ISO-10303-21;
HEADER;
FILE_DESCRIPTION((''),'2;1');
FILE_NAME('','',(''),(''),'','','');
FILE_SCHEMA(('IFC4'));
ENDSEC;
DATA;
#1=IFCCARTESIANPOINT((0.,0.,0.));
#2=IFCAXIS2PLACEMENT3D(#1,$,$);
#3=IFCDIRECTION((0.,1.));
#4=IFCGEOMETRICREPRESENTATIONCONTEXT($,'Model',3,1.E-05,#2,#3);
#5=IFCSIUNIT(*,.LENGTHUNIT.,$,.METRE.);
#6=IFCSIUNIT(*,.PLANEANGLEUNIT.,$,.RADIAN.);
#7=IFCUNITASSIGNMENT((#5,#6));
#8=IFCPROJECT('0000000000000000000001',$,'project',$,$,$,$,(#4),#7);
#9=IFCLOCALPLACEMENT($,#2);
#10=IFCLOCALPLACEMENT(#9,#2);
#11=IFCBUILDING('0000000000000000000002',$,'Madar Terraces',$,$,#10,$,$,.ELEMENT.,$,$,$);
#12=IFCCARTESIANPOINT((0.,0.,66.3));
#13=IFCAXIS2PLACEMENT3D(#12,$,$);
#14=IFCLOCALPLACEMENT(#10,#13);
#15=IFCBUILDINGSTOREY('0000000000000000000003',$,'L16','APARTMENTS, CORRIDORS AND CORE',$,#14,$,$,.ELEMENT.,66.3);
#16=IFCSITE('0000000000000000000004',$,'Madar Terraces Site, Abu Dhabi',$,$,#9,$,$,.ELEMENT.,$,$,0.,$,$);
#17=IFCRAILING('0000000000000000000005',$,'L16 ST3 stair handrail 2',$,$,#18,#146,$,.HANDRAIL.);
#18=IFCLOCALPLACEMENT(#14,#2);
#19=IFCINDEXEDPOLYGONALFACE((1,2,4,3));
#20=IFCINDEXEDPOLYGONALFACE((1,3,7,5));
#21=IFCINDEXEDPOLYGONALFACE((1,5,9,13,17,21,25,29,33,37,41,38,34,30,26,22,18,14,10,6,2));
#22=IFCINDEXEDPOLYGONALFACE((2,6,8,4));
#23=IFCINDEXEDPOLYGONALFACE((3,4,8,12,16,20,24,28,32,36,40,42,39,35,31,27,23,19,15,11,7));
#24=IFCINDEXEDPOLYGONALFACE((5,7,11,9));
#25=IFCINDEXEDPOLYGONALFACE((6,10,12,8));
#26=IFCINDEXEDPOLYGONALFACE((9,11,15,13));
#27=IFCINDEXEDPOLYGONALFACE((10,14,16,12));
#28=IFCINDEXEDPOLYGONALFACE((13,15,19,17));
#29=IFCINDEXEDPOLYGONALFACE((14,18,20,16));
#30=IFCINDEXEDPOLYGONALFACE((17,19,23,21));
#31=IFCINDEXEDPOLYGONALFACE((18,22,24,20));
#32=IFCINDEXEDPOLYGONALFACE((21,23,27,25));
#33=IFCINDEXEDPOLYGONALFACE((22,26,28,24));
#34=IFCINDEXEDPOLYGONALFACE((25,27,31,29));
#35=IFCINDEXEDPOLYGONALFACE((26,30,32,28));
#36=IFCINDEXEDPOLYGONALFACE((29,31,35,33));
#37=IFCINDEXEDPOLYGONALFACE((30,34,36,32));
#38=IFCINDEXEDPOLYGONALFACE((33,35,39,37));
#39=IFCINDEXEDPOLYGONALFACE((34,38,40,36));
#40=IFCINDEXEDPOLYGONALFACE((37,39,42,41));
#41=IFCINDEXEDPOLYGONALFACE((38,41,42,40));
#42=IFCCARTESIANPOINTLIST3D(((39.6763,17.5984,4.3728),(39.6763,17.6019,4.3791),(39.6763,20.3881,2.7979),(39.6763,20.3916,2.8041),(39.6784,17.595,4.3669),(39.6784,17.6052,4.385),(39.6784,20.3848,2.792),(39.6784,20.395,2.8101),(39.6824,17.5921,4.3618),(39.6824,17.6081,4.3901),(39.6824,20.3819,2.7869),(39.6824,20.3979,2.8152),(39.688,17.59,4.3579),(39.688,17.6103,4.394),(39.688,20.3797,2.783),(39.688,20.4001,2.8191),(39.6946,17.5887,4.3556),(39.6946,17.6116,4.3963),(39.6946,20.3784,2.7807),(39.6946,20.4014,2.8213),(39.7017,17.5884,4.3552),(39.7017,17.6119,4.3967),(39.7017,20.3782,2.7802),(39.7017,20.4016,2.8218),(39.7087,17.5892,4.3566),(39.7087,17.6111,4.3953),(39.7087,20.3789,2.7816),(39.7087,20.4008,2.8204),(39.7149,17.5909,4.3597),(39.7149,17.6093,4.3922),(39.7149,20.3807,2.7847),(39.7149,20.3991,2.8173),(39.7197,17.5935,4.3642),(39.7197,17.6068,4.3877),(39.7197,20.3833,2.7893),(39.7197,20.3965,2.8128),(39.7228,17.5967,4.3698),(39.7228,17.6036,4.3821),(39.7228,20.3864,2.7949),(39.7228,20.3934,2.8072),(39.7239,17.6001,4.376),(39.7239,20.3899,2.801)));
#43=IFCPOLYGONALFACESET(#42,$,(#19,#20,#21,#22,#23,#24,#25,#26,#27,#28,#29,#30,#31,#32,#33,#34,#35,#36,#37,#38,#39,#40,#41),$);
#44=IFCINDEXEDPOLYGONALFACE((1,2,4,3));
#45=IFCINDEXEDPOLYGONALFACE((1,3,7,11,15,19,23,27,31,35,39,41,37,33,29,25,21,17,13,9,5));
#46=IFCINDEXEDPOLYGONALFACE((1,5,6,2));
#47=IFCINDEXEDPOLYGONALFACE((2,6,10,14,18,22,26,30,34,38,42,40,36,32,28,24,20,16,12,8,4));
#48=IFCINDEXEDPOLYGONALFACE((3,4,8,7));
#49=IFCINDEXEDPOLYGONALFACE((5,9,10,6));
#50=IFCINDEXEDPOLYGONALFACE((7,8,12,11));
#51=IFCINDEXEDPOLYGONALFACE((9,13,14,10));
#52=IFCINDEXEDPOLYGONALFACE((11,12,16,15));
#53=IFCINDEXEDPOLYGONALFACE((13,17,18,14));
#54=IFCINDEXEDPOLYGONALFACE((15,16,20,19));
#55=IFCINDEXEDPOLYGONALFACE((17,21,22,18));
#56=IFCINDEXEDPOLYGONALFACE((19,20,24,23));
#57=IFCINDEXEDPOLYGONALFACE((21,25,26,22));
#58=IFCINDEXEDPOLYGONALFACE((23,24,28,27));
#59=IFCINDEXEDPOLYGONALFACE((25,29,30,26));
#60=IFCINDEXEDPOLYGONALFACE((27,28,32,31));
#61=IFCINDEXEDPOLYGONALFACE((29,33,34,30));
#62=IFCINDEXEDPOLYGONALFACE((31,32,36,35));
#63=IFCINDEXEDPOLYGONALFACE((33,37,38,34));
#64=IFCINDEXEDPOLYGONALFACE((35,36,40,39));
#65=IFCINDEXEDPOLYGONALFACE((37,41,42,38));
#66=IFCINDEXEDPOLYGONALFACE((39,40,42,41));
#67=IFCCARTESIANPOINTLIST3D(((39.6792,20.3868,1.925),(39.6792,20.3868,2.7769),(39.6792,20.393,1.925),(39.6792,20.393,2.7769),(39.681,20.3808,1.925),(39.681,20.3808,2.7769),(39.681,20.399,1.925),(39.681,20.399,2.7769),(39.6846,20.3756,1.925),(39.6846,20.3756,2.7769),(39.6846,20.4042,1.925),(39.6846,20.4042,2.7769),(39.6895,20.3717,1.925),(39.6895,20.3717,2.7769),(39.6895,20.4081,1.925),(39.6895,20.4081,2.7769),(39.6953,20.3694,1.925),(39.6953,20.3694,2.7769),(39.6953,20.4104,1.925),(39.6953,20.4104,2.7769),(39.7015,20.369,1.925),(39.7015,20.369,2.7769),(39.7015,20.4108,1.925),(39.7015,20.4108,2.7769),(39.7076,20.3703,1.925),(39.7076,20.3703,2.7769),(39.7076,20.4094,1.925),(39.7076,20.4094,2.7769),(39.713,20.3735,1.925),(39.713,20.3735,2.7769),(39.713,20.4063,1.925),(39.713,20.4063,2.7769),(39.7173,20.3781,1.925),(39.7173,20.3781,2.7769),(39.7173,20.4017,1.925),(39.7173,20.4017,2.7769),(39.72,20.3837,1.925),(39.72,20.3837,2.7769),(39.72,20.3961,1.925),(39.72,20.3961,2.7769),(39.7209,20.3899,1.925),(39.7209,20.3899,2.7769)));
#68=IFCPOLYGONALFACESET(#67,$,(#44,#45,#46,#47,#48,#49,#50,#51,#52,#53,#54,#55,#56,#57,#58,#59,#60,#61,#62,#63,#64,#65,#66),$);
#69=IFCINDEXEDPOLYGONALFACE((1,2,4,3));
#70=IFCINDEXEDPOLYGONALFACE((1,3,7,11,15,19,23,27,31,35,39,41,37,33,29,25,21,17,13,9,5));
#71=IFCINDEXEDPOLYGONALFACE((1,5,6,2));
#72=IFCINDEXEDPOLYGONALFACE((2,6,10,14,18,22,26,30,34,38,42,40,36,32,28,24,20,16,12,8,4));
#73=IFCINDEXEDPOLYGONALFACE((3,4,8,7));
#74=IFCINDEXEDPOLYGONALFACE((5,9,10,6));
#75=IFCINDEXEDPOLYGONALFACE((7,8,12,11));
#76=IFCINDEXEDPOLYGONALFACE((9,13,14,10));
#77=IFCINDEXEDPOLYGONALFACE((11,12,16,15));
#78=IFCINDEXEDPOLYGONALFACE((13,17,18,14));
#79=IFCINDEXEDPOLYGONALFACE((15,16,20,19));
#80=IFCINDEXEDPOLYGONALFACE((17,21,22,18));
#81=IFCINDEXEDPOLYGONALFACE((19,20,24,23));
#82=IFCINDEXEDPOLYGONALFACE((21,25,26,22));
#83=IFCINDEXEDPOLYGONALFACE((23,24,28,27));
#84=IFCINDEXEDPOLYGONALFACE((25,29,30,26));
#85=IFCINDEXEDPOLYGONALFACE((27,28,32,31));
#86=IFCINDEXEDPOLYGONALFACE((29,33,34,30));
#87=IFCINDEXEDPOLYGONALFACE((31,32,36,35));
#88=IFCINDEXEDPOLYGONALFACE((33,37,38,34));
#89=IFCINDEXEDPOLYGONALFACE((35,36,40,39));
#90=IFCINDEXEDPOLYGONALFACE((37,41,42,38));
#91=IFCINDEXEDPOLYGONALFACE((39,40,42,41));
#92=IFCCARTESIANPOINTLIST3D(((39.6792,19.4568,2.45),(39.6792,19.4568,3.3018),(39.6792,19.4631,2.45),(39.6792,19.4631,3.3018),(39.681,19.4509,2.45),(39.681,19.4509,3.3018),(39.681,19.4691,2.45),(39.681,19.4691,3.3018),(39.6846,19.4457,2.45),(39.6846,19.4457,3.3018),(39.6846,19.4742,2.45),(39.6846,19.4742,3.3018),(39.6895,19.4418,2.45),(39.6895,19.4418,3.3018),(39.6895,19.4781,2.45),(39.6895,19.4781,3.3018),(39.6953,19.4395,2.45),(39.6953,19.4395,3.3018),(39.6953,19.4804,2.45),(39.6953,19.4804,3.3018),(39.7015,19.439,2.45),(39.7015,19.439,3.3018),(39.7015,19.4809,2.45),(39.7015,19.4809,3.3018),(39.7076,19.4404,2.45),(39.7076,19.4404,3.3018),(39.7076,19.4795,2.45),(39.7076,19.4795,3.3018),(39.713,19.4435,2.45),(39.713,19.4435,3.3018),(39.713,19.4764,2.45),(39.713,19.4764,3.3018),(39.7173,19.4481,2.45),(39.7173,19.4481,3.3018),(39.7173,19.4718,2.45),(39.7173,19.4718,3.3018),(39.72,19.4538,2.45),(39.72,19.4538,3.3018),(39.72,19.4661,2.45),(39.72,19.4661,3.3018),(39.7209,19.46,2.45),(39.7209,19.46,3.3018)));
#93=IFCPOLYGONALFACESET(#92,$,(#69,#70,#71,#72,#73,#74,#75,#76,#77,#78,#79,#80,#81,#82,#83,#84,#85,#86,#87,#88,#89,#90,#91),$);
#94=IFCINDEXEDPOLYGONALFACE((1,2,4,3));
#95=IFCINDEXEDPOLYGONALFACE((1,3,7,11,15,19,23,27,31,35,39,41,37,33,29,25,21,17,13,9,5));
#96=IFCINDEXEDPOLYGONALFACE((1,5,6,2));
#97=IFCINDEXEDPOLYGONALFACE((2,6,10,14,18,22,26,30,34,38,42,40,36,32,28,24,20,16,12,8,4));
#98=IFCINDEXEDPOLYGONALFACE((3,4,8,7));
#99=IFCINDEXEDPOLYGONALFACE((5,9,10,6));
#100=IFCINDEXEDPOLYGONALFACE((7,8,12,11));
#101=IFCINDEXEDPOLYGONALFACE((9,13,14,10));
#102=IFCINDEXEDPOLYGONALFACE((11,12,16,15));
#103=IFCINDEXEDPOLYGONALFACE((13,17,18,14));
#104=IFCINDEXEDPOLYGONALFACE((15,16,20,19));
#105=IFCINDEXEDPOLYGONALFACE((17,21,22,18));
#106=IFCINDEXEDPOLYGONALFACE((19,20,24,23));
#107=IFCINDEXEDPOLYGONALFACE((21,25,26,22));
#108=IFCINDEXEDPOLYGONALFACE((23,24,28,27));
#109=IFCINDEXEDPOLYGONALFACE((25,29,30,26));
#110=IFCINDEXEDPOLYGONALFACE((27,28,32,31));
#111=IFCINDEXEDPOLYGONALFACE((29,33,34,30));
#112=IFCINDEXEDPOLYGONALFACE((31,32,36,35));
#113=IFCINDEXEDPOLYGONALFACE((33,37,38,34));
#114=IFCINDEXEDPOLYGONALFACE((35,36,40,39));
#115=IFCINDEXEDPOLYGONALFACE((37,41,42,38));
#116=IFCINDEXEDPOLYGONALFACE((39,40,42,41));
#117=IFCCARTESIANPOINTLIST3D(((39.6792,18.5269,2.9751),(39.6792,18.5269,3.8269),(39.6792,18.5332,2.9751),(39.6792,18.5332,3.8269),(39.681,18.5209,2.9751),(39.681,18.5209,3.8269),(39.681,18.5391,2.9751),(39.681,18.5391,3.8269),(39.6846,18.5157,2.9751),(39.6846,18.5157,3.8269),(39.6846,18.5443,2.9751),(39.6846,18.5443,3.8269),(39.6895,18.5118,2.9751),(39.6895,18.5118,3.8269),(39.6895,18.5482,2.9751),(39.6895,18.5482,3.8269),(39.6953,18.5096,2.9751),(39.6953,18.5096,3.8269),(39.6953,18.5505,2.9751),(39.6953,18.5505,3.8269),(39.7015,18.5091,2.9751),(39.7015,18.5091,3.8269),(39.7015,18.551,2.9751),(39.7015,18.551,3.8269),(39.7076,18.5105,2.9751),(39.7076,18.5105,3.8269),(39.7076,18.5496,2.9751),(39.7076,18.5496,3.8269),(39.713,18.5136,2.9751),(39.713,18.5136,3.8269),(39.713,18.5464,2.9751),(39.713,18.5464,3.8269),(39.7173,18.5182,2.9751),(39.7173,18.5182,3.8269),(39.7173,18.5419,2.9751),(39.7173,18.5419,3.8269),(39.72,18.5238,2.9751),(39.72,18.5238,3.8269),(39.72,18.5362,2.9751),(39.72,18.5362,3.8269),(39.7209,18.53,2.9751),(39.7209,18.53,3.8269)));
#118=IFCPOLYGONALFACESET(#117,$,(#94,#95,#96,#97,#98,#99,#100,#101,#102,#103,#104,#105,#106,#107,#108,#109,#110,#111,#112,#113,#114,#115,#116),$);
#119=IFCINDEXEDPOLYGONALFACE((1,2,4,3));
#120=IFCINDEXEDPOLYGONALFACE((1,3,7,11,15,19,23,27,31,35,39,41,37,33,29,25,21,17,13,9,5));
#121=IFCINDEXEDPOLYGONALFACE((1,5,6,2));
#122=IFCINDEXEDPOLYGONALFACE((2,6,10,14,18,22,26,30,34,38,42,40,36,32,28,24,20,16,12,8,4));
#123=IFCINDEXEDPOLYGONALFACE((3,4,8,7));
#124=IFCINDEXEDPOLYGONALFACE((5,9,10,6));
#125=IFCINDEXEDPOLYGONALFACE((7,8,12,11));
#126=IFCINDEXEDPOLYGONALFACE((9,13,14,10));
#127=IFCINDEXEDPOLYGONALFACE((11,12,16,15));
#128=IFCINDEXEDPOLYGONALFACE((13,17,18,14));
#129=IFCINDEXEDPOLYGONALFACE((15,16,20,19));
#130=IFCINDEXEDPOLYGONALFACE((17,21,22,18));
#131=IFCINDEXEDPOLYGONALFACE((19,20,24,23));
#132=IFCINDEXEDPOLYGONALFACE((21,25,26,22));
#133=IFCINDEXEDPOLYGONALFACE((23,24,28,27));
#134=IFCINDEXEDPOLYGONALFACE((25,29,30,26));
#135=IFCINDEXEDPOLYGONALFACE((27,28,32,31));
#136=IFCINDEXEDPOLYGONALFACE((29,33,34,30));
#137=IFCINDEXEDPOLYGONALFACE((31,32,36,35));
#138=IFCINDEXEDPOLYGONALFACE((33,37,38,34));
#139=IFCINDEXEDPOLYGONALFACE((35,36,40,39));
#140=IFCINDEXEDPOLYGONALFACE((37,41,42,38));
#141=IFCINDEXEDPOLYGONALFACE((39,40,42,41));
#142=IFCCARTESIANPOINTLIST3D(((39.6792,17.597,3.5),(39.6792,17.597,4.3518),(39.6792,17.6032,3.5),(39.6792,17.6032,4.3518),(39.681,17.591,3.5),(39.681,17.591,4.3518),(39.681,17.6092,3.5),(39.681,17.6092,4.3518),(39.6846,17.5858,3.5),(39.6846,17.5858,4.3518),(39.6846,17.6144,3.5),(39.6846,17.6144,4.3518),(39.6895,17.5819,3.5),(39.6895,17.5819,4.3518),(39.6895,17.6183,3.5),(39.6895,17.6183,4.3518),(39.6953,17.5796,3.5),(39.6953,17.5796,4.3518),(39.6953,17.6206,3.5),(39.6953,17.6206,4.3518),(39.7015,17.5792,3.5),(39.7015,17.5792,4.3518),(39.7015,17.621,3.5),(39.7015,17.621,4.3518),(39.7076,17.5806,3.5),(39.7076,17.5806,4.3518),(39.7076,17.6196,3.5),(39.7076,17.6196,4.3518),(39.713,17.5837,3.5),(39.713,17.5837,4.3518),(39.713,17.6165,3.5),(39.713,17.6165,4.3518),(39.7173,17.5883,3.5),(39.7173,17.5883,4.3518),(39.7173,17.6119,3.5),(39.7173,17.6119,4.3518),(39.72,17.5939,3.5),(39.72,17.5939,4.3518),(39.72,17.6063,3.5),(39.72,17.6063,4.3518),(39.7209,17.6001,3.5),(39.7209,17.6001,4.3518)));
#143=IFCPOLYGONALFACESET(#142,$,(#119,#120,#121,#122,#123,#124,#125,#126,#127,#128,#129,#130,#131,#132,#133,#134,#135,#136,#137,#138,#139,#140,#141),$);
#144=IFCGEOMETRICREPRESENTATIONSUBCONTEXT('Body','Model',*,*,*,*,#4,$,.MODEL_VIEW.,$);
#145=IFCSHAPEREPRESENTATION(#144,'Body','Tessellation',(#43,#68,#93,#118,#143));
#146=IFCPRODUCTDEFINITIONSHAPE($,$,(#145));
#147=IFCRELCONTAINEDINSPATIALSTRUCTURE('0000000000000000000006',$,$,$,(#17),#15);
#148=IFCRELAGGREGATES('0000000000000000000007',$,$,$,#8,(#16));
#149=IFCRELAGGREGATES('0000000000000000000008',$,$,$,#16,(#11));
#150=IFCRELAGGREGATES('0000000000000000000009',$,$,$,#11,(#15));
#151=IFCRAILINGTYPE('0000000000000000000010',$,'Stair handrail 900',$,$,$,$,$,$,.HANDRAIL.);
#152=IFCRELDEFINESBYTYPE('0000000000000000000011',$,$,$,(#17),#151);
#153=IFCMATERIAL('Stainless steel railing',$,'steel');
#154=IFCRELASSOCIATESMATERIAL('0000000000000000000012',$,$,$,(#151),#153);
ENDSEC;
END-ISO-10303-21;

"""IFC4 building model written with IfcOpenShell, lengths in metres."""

from ifc_helpers import new_model, si_unit, direction, frame, origin, origin_2d, place, context, subcontext, project, spatial, circle, extrude, material, type_object, element, save


model = new_model("IFC4")

# Units and contexts
model_context = context("Model", 3, precision=1e-05, world=origin(), true_north=direction((0.0, 1.0)))
body_context = subcontext(model_context, "Body", "Model", "MODEL_VIEW")
ifc_project = project(units=[si_unit("LENGTHUNIT", "METRE"), si_unit("PLANEANGLEUNIT", "RADIAN")], contexts=[model_context])

# Site, building, storey
site_placement = place(None, origin())
site = spatial("IfcSite", under=ifc_project, at=site_placement, Name="Madar Terraces Site, Abu Dhabi", CompositionType="ELEMENT", RefElevation=0.0)
building_placement = place(site_placement, origin())
building = spatial("IfcBuilding", under=site, at=building_placement, Name="Madar Terraces", CompositionType="ELEMENT")
storey_placement = place(building_placement, frame((0.0, 0.0, 66.3)))
storey = spatial("IfcBuildingStorey", under=building, at=storey_placement, Name="L16", Description="APARTMENTS, CORRIDORS AND CORE", CompositionType="ELEMENT", Elevation=66.3)

# Railing
ifc_material_1 = material(Name="Stainless steel railing", Category="steel")
railing_type_1 = type_object("IfcRailingType", Name="Stair handrail 900", PredefinedType="HANDRAIL", material=ifc_material_1)
railing_1_placement = place(storey_placement, frame((39.7, 20.3899, 1.925)))
element("IfcRailing", 1, at=railing_1_placement, inside=storey, type_object=railing_type_1, Name="L16 ST3 stair handrail 2", PredefinedType="HANDRAIL", context=body_context, shape_type="SweptSolid", body=[
    extrude(circle(Radius=0.0239, at=origin_2d()), frame((0.0, 0.0, 0.876), z_axis=(0.0, -0.870815, 0.49161), x_axis=(1.0, 0.0, 0.0)), (0.0, 0.0, 1.0), 3.2036),
    extrude(circle(Radius=0.021, at=origin_2d()), origin(), (0.0, 0.0, 1.0), 0.8518),
    extrude(circle(Radius=0.021, at=origin_2d()), frame((0.0, -0.9299, 0.5249)), (0.0, 0.0, 1.0), 0.8518),
    extrude(circle(Radius=0.021, at=origin_2d()), frame((0.0, -1.8599, 1.05)), (0.0, 0.0, 1.0), 0.8518),
    extrude(circle(Radius=0.021, at=origin_2d()), frame((0.0, -2.7898, 1.575)), (0.0, 0.0, 1.0), 0.8518),
])

save(model, "model.ifc")
